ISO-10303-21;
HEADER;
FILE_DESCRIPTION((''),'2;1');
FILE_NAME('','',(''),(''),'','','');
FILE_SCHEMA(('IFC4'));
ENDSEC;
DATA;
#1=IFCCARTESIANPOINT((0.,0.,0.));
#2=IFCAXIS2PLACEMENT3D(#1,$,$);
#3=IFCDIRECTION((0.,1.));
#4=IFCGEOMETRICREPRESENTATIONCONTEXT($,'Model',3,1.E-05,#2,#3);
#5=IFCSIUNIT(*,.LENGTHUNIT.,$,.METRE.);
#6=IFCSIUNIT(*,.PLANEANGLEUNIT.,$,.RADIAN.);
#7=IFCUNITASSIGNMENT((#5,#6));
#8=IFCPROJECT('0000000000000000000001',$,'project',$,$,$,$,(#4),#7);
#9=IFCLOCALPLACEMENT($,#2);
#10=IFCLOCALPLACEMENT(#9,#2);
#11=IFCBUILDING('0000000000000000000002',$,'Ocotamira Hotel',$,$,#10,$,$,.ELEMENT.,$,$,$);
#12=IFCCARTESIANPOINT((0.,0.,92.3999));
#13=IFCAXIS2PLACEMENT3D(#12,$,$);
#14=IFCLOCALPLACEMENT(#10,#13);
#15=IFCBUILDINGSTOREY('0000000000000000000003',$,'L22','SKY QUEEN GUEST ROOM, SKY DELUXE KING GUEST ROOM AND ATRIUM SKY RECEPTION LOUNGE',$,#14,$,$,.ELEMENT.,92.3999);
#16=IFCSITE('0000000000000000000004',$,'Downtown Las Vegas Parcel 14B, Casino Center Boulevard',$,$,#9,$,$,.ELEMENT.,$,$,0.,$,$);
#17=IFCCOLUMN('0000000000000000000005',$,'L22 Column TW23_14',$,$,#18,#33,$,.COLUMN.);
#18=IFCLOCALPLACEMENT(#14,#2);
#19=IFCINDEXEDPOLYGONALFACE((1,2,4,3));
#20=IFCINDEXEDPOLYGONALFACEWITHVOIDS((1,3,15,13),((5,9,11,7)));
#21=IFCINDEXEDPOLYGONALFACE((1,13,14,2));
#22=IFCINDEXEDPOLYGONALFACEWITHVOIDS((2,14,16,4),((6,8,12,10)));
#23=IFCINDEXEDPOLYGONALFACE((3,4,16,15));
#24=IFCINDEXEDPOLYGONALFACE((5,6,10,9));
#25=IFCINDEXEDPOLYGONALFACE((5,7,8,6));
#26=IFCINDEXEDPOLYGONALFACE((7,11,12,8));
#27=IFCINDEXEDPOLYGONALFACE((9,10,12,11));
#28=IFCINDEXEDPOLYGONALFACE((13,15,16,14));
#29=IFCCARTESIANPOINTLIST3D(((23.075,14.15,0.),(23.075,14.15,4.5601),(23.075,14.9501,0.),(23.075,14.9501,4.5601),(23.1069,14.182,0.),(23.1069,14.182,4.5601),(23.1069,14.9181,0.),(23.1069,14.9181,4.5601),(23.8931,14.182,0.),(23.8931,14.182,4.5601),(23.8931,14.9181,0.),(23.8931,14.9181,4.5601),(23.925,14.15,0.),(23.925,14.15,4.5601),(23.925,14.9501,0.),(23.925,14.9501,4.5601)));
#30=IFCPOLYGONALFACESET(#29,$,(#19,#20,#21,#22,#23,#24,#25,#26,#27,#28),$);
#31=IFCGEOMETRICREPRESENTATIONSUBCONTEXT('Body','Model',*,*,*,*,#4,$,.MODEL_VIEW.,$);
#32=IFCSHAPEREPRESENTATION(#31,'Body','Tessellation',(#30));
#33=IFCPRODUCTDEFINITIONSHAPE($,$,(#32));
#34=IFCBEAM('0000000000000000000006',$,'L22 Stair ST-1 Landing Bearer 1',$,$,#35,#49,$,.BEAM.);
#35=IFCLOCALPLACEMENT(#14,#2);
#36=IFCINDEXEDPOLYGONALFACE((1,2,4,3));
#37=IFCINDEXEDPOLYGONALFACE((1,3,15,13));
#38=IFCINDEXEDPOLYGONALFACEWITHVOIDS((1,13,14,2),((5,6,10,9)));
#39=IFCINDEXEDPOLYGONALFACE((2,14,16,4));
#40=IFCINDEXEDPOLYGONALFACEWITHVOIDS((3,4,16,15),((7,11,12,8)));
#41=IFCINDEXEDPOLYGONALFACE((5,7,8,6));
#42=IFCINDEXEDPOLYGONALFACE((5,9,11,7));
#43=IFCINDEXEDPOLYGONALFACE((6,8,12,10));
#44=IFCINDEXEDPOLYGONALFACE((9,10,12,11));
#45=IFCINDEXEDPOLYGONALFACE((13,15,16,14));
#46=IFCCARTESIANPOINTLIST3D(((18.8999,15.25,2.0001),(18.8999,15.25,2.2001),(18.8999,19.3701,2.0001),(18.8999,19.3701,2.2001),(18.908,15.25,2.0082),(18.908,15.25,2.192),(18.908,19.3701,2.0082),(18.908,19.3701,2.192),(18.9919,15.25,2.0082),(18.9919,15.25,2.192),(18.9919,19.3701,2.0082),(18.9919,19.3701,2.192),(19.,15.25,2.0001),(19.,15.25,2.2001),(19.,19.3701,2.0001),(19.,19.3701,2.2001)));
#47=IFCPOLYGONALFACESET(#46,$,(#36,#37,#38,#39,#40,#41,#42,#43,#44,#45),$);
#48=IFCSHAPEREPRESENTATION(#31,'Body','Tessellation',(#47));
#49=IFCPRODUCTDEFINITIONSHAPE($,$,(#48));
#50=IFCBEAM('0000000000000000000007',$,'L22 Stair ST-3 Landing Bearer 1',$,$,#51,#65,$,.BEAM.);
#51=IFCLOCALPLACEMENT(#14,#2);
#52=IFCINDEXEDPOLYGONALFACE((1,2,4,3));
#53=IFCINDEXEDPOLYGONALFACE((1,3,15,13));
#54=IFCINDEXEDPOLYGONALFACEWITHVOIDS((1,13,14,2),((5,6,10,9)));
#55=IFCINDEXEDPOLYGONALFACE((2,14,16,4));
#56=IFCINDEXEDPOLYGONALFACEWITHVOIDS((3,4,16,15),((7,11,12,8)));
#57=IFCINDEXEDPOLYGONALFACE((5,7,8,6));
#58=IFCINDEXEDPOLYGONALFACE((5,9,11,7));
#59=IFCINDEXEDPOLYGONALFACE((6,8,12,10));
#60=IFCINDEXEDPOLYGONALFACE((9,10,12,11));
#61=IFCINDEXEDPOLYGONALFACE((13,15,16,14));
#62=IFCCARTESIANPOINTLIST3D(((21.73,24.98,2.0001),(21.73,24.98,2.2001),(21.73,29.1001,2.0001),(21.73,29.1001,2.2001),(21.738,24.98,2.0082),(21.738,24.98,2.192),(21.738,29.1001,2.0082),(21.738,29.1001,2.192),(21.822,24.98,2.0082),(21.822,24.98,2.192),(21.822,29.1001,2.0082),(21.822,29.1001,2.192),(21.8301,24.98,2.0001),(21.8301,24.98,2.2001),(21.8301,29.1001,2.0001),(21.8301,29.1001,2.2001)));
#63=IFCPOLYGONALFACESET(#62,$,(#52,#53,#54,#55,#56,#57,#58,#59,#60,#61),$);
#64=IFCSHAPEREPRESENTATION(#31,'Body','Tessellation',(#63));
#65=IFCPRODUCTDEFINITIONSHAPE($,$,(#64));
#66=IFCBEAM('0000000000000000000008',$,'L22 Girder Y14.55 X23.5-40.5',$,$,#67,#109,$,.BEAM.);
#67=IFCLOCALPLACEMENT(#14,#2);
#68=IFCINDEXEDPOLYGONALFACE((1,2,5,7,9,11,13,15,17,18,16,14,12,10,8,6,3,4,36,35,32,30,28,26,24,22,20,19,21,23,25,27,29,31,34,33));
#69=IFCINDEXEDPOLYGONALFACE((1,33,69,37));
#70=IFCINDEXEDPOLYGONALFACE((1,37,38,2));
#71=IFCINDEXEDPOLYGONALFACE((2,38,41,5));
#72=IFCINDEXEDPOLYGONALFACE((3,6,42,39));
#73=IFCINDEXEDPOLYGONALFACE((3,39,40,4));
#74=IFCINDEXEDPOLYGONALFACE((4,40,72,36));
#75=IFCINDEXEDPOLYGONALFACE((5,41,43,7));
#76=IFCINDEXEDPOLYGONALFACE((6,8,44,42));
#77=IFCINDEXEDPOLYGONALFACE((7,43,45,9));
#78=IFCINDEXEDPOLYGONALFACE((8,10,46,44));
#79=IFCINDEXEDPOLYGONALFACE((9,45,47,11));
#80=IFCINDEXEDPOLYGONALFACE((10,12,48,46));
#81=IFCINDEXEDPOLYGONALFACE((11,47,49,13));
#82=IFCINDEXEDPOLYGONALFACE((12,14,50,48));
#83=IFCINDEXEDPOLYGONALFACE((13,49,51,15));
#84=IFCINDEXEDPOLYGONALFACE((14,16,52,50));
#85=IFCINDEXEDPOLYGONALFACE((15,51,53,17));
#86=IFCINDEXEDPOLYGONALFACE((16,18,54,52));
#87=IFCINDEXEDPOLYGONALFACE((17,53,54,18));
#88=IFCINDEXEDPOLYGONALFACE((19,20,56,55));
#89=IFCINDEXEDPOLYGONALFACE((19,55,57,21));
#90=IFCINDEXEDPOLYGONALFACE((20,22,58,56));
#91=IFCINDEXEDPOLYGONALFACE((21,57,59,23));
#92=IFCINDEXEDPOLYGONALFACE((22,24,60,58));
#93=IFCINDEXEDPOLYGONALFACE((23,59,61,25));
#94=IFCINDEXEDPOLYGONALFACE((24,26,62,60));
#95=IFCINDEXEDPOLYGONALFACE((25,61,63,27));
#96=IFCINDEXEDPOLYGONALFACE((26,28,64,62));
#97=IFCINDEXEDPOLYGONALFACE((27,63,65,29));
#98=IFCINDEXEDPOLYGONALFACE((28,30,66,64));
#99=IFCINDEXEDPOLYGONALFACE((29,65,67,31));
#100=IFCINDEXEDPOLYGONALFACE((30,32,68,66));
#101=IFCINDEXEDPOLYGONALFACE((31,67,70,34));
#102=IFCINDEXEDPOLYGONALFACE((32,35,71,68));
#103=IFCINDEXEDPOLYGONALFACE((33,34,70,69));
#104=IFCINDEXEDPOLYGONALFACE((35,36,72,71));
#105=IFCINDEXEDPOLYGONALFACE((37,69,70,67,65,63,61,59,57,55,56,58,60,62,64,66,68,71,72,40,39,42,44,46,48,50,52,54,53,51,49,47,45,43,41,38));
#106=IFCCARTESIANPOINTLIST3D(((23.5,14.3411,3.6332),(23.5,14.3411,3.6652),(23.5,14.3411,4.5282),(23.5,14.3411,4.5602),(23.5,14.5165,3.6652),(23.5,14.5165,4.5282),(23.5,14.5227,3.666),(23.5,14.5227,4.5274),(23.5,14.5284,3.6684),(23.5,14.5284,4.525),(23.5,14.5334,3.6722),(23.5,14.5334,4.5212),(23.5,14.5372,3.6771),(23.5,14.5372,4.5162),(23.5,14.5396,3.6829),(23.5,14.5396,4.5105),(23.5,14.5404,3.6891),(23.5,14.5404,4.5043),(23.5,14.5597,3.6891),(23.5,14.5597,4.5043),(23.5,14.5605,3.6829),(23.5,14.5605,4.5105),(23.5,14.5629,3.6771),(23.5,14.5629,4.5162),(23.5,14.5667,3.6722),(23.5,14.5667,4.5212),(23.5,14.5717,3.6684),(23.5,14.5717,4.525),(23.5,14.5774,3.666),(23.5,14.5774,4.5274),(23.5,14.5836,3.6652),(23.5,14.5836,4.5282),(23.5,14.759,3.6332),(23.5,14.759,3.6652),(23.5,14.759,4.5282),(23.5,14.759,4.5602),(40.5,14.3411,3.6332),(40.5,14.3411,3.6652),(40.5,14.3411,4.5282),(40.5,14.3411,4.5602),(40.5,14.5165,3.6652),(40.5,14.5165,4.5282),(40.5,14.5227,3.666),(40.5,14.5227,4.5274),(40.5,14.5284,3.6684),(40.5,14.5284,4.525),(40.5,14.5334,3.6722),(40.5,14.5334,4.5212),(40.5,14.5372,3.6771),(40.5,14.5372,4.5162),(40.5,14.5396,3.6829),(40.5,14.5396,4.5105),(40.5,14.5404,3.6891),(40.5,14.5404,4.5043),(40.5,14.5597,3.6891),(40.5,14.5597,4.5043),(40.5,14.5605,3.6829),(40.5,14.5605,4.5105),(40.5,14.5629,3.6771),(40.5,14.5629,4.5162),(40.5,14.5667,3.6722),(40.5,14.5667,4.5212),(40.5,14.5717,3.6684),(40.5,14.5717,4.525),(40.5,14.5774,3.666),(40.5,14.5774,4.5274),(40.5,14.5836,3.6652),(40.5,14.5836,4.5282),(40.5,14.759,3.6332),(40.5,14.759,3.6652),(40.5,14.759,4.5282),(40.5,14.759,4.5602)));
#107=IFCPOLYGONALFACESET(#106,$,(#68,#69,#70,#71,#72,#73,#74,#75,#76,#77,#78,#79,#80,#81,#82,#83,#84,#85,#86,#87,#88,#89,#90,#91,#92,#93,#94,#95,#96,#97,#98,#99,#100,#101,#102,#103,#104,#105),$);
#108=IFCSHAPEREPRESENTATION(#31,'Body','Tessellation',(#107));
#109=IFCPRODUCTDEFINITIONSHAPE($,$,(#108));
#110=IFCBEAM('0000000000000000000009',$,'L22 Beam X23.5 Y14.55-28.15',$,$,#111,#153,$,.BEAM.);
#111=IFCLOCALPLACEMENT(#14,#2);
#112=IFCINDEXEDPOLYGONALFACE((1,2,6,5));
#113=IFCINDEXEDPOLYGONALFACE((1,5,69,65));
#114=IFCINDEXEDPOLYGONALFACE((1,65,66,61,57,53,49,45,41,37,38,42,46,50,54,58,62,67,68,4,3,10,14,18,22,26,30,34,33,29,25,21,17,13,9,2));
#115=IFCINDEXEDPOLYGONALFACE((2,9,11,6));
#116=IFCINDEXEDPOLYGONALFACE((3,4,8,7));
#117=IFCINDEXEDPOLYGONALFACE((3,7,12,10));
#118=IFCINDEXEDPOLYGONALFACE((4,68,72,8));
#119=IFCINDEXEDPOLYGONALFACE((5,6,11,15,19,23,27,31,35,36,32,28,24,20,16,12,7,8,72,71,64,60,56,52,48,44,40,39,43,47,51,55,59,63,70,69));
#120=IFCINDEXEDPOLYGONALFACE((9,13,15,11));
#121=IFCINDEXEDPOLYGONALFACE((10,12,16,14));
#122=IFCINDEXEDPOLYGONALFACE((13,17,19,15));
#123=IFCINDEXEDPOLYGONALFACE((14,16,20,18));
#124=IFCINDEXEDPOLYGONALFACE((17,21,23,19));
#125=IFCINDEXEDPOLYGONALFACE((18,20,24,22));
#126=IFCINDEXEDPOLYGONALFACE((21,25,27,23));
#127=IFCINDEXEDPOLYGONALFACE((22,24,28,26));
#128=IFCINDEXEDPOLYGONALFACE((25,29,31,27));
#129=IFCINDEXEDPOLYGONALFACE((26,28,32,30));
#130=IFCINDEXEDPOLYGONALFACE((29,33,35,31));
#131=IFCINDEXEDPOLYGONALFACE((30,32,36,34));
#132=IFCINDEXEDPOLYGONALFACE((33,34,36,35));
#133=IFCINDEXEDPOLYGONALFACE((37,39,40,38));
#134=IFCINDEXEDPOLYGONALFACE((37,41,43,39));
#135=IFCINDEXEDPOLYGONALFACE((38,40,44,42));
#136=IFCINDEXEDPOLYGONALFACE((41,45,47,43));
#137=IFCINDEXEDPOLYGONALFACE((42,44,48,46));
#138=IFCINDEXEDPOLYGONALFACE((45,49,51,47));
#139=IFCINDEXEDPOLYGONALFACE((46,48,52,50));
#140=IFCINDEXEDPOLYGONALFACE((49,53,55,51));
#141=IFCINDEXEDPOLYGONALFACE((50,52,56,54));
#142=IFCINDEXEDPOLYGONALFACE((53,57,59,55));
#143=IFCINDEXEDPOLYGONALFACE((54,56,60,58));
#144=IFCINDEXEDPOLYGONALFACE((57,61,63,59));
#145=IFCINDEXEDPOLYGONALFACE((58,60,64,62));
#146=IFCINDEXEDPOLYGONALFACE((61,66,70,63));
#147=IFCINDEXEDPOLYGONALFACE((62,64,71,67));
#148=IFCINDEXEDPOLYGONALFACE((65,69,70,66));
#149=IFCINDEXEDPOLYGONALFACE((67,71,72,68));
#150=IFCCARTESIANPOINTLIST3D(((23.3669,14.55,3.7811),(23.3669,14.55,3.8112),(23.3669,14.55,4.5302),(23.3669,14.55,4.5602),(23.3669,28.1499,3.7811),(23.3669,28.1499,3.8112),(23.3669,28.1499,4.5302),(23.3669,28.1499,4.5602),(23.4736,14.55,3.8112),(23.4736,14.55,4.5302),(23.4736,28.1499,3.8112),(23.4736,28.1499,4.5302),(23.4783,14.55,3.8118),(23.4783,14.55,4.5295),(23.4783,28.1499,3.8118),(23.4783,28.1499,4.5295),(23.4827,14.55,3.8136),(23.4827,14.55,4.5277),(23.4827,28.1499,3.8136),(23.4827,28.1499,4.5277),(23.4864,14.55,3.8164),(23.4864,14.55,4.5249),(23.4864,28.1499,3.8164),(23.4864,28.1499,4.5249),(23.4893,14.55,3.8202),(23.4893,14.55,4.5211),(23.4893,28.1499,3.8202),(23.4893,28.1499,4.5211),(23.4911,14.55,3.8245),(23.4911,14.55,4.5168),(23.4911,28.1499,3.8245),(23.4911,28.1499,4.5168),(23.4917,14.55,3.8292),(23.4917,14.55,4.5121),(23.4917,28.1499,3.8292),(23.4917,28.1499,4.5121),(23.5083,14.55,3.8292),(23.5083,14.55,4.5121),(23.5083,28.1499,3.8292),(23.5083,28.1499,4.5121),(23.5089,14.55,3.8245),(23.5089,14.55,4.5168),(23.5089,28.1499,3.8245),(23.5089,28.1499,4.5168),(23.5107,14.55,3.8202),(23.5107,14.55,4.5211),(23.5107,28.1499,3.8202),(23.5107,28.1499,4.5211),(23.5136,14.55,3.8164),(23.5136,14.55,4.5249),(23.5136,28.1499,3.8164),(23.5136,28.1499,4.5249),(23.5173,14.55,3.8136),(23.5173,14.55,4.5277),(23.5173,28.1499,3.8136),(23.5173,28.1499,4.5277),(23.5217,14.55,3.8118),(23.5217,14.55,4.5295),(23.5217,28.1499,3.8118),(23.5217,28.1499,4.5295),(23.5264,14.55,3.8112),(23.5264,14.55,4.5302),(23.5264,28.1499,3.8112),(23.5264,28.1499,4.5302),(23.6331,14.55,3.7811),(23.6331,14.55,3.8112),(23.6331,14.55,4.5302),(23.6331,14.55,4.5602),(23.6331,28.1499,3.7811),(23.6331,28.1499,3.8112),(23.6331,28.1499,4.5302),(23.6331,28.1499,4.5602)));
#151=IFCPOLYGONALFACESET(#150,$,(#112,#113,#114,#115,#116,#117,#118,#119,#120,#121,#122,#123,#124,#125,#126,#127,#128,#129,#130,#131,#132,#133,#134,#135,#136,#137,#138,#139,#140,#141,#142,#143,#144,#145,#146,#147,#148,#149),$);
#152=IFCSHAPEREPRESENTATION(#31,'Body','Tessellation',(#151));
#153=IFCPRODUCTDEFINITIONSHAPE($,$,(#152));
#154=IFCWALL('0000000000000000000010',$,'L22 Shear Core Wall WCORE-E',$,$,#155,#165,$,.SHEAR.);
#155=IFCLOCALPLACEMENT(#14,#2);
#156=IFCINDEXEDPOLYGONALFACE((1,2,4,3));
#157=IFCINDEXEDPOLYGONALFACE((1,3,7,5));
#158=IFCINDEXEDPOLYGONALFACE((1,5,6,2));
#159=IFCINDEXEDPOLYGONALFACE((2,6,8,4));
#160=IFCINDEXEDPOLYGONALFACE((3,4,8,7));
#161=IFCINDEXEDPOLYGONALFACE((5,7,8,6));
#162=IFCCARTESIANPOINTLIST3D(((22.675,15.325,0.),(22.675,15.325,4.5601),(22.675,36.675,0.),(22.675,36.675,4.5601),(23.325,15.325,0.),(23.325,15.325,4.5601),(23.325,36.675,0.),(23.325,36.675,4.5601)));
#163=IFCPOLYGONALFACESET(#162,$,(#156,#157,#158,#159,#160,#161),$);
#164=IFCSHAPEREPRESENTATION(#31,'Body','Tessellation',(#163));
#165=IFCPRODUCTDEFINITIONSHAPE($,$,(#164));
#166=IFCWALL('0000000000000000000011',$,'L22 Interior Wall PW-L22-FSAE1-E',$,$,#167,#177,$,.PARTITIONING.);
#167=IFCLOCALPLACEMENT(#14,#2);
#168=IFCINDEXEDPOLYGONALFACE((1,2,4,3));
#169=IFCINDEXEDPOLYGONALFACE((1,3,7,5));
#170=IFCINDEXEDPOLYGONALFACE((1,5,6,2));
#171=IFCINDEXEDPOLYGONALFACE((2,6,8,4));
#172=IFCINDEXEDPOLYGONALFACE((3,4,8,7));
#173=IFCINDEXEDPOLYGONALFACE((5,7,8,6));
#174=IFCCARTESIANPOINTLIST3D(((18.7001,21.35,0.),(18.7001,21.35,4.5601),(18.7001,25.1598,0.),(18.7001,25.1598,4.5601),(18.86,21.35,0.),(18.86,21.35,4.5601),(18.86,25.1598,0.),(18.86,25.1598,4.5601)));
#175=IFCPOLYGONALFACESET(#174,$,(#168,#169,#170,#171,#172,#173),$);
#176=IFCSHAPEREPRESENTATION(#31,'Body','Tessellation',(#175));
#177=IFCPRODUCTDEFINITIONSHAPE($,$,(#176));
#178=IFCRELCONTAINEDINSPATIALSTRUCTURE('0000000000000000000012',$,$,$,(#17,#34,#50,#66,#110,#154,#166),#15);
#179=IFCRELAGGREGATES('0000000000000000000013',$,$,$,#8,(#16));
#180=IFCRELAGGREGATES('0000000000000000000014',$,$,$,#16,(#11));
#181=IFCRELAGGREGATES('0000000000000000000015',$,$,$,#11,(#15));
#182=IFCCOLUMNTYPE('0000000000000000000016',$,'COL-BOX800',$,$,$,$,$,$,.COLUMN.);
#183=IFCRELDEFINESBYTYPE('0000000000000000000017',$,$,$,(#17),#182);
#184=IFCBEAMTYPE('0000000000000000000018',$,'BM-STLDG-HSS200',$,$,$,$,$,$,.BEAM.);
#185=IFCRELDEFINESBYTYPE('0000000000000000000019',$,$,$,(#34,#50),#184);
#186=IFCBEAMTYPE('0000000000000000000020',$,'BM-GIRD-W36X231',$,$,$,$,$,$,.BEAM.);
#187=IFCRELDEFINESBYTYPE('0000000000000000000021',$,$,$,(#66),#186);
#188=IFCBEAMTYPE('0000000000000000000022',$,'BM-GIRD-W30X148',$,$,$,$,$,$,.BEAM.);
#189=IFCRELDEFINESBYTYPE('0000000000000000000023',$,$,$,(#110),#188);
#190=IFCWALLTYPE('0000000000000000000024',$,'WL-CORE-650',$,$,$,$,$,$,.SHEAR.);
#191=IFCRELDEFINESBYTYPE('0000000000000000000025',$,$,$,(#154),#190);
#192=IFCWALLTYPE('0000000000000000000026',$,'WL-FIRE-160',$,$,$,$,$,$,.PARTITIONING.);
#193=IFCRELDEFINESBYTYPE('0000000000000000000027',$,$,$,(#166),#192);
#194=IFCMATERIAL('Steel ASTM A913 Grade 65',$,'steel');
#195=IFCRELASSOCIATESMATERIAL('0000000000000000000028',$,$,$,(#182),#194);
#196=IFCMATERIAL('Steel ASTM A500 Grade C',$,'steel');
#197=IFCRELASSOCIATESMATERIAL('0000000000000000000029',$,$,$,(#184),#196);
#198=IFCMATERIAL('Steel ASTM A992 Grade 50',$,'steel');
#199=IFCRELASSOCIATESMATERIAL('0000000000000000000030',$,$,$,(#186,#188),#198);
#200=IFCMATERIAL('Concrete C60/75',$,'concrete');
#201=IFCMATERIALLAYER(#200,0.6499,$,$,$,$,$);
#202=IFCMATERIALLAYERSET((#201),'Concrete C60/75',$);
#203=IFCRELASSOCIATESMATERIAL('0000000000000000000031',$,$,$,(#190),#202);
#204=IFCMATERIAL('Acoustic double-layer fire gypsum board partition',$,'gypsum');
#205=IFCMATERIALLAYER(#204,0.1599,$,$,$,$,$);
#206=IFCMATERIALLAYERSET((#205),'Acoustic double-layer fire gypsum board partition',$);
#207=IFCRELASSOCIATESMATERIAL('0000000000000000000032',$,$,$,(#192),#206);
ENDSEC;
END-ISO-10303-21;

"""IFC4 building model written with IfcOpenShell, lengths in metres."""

from ifc_helpers import new_model, si_unit, direction, frame, frame_2d, origin, origin_2d, place, context, subcontext, project, spatial, rectangle, hollow_rectangle, i_section, extrude, source, transform, mapped, material, layer, layer_set, material_profile, profile_set, type_object, element, save


model = new_model("IFC4")

# Units and contexts
model_context = context("Model", 3, precision=1e-05, world=origin(), true_north=direction((0.0, 1.0)))
body_context = subcontext(model_context, "Body", "Model", "MODEL_VIEW")
ifc_project = project(units=[si_unit("LENGTHUNIT", "METRE"), si_unit("PLANEANGLEUNIT", "RADIAN")], contexts=[model_context])

# Site, building, storey
site_placement = place(None, origin())
site = spatial("IfcSite", under=ifc_project, at=site_placement, Name="Downtown Las Vegas Parcel 14B, Casino Center Boulevard", CompositionType="ELEMENT", RefElevation=0.0)
building_placement = place(site_placement, origin())
building = spatial("IfcBuilding", under=site, at=building_placement, Name="Ocotamira Hotel", CompositionType="ELEMENT")
storey_placement = place(building_placement, frame((0.0, 0.0, 92.3999)))
storey = spatial("IfcBuildingStorey", under=building, at=storey_placement, Name="L22", Description="SKY QUEEN GUEST ROOM, SKY DELUXE KING GUEST ROOM AND ATRIUM SKY RECEPTION LOUNGE", CompositionType="ELEMENT", Elevation=92.3999)

# Column
ifc_material_1 = material(Name="Steel ASTM A913 Grade 65", Category="steel")
ifc_material_profile_1 = material_profile(ifc_material_1, hollow_rectangle(XDim=0.8501, YDim=0.8, WallThickness=0.032, at=origin_2d()), Name="BOX800X850X32")
ifc_profile_set_1 = profile_set([ifc_material_profile_1], Name="Steel ASTM A913 Grade 65")
column_type = type_object("IfcColumnType", Name="COL-BOX800", PredefinedType="COLUMN", material=ifc_profile_set_1)
shared_shape_1 = source(origin(), body_context, "Body", "SweptSolid", [
    extrude(hollow_rectangle(XDim=0.8501, YDim=0.8, WallThickness=0.032, at=origin_2d()), origin(), (0.0, 0.0, 1.0), 4.5601),
])
column_placement = place(storey_placement, frame((23.5, 14.55, 0.0), z_axis=(0.0, 0.0, 1.0), x_axis=(1.0, 0.0, 0.0)))
element("IfcColumn", 1, at=column_placement, inside=storey, type_object=column_type, Name="L22 Column TW23_14", PredefinedType="COLUMN", context=body_context, shape_type="MappedRepresentation", body=[
    mapped(shared_shape_1, transform((0.0, 0.0, 0.0), scale=1.0)),
])

# Beams
ifc_material_2 = material(Name="Steel ASTM A500 Grade C", Category="steel")
ifc_material_profile_2 = material_profile(ifc_material_2, hollow_rectangle(XDim=0.1001, YDim=0.2, WallThickness=0.0081, at=origin_2d()), Name="HSS200X100X8")
ifc_profile_set_2 = profile_set([ifc_material_profile_2], Name="Steel ASTM A500 Grade C")
beam_type_1 = type_object("IfcBeamType", Name="BM-STLDG-HSS200", PredefinedType="BEAM", material=ifc_profile_set_2)
shared_shape_2 = source(origin(), body_context, "Body", "SweptSolid", [
    extrude(hollow_rectangle(XDim=0.1001, YDim=0.2, WallThickness=0.0081, at=origin_2d()), origin(), (0.0, 0.0, 1.0), 4.1201),
])
for number, where, z_axis, x_axis, name in (
    (2, (18.95, 15.25, 2.1001), (0.0, 1.0, 0.0), (-1.0, 0.0, 0.0), "L22 Stair ST-1 Landing Bearer 1"),
    (3, (21.78, 24.98, 2.1001), (0.0, 1.0, 0.0), (-1.0, 0.0, 0.0), "L22 Stair ST-3 Landing Bearer 1"),
):
    element("IfcBeam", number, at=place(storey_placement, frame(where, z_axis=z_axis, x_axis=x_axis)), inside=storey, type_object=beam_type_1, Name=name, PredefinedType="BEAM", context=body_context, shape_type="MappedRepresentation", body=[
        mapped(shared_shape_2, transform((0.0, 0.0, 0.0), scale=1.0)),
    ])
ifc_material_3 = material(Name="Steel ASTM A992 Grade 50", Category="steel")
ifc_material_profile_3 = material_profile(ifc_material_3, i_section(OverallWidth=0.418, OverallDepth=0.927, WebThickness=0.0193, FlangeThickness=0.032, FilletRadius=0.0239, at=origin_2d()), Name="W36X231")
ifc_profile_set_3 = profile_set([ifc_material_profile_3], Name="Steel ASTM A992 Grade 50")
beam_type_2 = type_object("IfcBeamType", Name="BM-GIRD-W36X231", PredefinedType="BEAM", material=ifc_profile_set_3)
shared_shape_3 = source(origin(), body_context, "Body", "SweptSolid", [
    extrude(i_section(OverallWidth=0.418, OverallDepth=0.927, WebThickness=0.0193, FlangeThickness=0.032, FilletRadius=0.0239, at=origin_2d()), origin(), (0.0, 0.0, 1.0), 17.0),
])
beam_1_placement = place(storey_placement, frame((23.5, 14.55, 4.0967), z_axis=(1.0, 0.0, 0.0), x_axis=(0.0, 1.0, 0.0)))
element("IfcBeam", 4, at=beam_1_placement, inside=storey, type_object=beam_type_2, Name="L22 Girder Y14.55 X23.5-40.5", PredefinedType="BEAM", context=body_context, shape_type="MappedRepresentation", body=[
    mapped(shared_shape_3, transform((0.0, 0.0, 0.0), scale=1.0)),
])
ifc_material_profile_4 = material_profile(ifc_material_3, i_section(OverallWidth=0.2661, OverallDepth=0.7791, WebThickness=0.0166, FlangeThickness=0.03, FilletRadius=0.0181, at=origin_2d()), Name="W30X148")
ifc_profile_set_4 = profile_set([ifc_material_profile_4], Name="Steel ASTM A992 Grade 50")
beam_type_3 = type_object("IfcBeamType", Name="BM-GIRD-W30X148", PredefinedType="BEAM", material=ifc_profile_set_4)
shared_shape_4 = source(origin(), body_context, "Body", "SweptSolid", [
    extrude(i_section(OverallWidth=0.2661, OverallDepth=0.7791, WebThickness=0.0166, FlangeThickness=0.03, FilletRadius=0.0181, at=origin_2d()), origin(), (0.0, 0.0, 1.0), 13.5999),
])
beam_2_placement = place(storey_placement, frame((23.5, 14.55, 4.1707), z_axis=(0.0, 1.0, 0.0), x_axis=(-1.0, 0.0, 0.0)))
element("IfcBeam", 5, at=beam_2_placement, inside=storey, type_object=beam_type_3, Name="L22 Beam X23.5 Y14.55-28.15", PredefinedType="BEAM", context=body_context, shape_type="MappedRepresentation", body=[
    mapped(shared_shape_4, transform((0.0, 0.0, 0.0), scale=1.0)),
])

# Walls
ifc_material_4 = material(Name="Concrete C60/75", Category="concrete")
ifc_layer_1 = layer(ifc_material_4, 0.6499)
ifc_layer_set_1 = layer_set([ifc_layer_1], Name="Concrete C60/75")
wall_type_1 = type_object("IfcWallType", Name="WL-CORE-650", PredefinedType="SHEAR", material=ifc_layer_set_1)
wall_1_placement = place(storey_placement, frame((23.0, 15.325, 0.0), z_axis=(0.0, 0.0, 1.0), x_axis=(0.0, 1.0, 0.0)))
element("IfcWall", 6, at=wall_1_placement, inside=storey, type_object=wall_type_1, Name="L22 Shear Core Wall WCORE-E", PredefinedType="SHEAR", context=body_context, shape_type="SweptSolid", body=[
    extrude(rectangle(XDim=21.3501, YDim=0.6499, at=frame_2d((10.675, 0.0))), origin(), (0.0, 0.0, 1.0), 4.5601),
])
ifc_material_5 = material(Name="Acoustic double-layer fire gypsum board partition", Category="gypsum")
ifc_layer_2 = layer(ifc_material_5, 0.1599)
ifc_layer_set_2 = layer_set([ifc_layer_2], Name="Acoustic double-layer fire gypsum board partition")
wall_type_2 = type_object("IfcWallType", Name="WL-FIRE-160", PredefinedType="PARTITIONING", material=ifc_layer_set_2)
wall_2_placement = place(storey_placement, frame((18.78, 21.3501, 0.0), z_axis=(0.0, 0.0, 1.0), x_axis=(0.0, 1.0, 0.0)))
element("IfcWall", 7, at=wall_2_placement, inside=storey, type_object=wall_type_2, Name="L22 Interior Wall PW-L22-FSAE1-E", PredefinedType="PARTITIONING", context=body_context, shape_type="SweptSolid", body=[
    extrude(rectangle(XDim=3.8098, YDim=0.1599, at=frame_2d((1.9048, 0.0))), origin(), (0.0, 0.0, 1.0), 4.5601),
])

save(model, "model.ifc")
